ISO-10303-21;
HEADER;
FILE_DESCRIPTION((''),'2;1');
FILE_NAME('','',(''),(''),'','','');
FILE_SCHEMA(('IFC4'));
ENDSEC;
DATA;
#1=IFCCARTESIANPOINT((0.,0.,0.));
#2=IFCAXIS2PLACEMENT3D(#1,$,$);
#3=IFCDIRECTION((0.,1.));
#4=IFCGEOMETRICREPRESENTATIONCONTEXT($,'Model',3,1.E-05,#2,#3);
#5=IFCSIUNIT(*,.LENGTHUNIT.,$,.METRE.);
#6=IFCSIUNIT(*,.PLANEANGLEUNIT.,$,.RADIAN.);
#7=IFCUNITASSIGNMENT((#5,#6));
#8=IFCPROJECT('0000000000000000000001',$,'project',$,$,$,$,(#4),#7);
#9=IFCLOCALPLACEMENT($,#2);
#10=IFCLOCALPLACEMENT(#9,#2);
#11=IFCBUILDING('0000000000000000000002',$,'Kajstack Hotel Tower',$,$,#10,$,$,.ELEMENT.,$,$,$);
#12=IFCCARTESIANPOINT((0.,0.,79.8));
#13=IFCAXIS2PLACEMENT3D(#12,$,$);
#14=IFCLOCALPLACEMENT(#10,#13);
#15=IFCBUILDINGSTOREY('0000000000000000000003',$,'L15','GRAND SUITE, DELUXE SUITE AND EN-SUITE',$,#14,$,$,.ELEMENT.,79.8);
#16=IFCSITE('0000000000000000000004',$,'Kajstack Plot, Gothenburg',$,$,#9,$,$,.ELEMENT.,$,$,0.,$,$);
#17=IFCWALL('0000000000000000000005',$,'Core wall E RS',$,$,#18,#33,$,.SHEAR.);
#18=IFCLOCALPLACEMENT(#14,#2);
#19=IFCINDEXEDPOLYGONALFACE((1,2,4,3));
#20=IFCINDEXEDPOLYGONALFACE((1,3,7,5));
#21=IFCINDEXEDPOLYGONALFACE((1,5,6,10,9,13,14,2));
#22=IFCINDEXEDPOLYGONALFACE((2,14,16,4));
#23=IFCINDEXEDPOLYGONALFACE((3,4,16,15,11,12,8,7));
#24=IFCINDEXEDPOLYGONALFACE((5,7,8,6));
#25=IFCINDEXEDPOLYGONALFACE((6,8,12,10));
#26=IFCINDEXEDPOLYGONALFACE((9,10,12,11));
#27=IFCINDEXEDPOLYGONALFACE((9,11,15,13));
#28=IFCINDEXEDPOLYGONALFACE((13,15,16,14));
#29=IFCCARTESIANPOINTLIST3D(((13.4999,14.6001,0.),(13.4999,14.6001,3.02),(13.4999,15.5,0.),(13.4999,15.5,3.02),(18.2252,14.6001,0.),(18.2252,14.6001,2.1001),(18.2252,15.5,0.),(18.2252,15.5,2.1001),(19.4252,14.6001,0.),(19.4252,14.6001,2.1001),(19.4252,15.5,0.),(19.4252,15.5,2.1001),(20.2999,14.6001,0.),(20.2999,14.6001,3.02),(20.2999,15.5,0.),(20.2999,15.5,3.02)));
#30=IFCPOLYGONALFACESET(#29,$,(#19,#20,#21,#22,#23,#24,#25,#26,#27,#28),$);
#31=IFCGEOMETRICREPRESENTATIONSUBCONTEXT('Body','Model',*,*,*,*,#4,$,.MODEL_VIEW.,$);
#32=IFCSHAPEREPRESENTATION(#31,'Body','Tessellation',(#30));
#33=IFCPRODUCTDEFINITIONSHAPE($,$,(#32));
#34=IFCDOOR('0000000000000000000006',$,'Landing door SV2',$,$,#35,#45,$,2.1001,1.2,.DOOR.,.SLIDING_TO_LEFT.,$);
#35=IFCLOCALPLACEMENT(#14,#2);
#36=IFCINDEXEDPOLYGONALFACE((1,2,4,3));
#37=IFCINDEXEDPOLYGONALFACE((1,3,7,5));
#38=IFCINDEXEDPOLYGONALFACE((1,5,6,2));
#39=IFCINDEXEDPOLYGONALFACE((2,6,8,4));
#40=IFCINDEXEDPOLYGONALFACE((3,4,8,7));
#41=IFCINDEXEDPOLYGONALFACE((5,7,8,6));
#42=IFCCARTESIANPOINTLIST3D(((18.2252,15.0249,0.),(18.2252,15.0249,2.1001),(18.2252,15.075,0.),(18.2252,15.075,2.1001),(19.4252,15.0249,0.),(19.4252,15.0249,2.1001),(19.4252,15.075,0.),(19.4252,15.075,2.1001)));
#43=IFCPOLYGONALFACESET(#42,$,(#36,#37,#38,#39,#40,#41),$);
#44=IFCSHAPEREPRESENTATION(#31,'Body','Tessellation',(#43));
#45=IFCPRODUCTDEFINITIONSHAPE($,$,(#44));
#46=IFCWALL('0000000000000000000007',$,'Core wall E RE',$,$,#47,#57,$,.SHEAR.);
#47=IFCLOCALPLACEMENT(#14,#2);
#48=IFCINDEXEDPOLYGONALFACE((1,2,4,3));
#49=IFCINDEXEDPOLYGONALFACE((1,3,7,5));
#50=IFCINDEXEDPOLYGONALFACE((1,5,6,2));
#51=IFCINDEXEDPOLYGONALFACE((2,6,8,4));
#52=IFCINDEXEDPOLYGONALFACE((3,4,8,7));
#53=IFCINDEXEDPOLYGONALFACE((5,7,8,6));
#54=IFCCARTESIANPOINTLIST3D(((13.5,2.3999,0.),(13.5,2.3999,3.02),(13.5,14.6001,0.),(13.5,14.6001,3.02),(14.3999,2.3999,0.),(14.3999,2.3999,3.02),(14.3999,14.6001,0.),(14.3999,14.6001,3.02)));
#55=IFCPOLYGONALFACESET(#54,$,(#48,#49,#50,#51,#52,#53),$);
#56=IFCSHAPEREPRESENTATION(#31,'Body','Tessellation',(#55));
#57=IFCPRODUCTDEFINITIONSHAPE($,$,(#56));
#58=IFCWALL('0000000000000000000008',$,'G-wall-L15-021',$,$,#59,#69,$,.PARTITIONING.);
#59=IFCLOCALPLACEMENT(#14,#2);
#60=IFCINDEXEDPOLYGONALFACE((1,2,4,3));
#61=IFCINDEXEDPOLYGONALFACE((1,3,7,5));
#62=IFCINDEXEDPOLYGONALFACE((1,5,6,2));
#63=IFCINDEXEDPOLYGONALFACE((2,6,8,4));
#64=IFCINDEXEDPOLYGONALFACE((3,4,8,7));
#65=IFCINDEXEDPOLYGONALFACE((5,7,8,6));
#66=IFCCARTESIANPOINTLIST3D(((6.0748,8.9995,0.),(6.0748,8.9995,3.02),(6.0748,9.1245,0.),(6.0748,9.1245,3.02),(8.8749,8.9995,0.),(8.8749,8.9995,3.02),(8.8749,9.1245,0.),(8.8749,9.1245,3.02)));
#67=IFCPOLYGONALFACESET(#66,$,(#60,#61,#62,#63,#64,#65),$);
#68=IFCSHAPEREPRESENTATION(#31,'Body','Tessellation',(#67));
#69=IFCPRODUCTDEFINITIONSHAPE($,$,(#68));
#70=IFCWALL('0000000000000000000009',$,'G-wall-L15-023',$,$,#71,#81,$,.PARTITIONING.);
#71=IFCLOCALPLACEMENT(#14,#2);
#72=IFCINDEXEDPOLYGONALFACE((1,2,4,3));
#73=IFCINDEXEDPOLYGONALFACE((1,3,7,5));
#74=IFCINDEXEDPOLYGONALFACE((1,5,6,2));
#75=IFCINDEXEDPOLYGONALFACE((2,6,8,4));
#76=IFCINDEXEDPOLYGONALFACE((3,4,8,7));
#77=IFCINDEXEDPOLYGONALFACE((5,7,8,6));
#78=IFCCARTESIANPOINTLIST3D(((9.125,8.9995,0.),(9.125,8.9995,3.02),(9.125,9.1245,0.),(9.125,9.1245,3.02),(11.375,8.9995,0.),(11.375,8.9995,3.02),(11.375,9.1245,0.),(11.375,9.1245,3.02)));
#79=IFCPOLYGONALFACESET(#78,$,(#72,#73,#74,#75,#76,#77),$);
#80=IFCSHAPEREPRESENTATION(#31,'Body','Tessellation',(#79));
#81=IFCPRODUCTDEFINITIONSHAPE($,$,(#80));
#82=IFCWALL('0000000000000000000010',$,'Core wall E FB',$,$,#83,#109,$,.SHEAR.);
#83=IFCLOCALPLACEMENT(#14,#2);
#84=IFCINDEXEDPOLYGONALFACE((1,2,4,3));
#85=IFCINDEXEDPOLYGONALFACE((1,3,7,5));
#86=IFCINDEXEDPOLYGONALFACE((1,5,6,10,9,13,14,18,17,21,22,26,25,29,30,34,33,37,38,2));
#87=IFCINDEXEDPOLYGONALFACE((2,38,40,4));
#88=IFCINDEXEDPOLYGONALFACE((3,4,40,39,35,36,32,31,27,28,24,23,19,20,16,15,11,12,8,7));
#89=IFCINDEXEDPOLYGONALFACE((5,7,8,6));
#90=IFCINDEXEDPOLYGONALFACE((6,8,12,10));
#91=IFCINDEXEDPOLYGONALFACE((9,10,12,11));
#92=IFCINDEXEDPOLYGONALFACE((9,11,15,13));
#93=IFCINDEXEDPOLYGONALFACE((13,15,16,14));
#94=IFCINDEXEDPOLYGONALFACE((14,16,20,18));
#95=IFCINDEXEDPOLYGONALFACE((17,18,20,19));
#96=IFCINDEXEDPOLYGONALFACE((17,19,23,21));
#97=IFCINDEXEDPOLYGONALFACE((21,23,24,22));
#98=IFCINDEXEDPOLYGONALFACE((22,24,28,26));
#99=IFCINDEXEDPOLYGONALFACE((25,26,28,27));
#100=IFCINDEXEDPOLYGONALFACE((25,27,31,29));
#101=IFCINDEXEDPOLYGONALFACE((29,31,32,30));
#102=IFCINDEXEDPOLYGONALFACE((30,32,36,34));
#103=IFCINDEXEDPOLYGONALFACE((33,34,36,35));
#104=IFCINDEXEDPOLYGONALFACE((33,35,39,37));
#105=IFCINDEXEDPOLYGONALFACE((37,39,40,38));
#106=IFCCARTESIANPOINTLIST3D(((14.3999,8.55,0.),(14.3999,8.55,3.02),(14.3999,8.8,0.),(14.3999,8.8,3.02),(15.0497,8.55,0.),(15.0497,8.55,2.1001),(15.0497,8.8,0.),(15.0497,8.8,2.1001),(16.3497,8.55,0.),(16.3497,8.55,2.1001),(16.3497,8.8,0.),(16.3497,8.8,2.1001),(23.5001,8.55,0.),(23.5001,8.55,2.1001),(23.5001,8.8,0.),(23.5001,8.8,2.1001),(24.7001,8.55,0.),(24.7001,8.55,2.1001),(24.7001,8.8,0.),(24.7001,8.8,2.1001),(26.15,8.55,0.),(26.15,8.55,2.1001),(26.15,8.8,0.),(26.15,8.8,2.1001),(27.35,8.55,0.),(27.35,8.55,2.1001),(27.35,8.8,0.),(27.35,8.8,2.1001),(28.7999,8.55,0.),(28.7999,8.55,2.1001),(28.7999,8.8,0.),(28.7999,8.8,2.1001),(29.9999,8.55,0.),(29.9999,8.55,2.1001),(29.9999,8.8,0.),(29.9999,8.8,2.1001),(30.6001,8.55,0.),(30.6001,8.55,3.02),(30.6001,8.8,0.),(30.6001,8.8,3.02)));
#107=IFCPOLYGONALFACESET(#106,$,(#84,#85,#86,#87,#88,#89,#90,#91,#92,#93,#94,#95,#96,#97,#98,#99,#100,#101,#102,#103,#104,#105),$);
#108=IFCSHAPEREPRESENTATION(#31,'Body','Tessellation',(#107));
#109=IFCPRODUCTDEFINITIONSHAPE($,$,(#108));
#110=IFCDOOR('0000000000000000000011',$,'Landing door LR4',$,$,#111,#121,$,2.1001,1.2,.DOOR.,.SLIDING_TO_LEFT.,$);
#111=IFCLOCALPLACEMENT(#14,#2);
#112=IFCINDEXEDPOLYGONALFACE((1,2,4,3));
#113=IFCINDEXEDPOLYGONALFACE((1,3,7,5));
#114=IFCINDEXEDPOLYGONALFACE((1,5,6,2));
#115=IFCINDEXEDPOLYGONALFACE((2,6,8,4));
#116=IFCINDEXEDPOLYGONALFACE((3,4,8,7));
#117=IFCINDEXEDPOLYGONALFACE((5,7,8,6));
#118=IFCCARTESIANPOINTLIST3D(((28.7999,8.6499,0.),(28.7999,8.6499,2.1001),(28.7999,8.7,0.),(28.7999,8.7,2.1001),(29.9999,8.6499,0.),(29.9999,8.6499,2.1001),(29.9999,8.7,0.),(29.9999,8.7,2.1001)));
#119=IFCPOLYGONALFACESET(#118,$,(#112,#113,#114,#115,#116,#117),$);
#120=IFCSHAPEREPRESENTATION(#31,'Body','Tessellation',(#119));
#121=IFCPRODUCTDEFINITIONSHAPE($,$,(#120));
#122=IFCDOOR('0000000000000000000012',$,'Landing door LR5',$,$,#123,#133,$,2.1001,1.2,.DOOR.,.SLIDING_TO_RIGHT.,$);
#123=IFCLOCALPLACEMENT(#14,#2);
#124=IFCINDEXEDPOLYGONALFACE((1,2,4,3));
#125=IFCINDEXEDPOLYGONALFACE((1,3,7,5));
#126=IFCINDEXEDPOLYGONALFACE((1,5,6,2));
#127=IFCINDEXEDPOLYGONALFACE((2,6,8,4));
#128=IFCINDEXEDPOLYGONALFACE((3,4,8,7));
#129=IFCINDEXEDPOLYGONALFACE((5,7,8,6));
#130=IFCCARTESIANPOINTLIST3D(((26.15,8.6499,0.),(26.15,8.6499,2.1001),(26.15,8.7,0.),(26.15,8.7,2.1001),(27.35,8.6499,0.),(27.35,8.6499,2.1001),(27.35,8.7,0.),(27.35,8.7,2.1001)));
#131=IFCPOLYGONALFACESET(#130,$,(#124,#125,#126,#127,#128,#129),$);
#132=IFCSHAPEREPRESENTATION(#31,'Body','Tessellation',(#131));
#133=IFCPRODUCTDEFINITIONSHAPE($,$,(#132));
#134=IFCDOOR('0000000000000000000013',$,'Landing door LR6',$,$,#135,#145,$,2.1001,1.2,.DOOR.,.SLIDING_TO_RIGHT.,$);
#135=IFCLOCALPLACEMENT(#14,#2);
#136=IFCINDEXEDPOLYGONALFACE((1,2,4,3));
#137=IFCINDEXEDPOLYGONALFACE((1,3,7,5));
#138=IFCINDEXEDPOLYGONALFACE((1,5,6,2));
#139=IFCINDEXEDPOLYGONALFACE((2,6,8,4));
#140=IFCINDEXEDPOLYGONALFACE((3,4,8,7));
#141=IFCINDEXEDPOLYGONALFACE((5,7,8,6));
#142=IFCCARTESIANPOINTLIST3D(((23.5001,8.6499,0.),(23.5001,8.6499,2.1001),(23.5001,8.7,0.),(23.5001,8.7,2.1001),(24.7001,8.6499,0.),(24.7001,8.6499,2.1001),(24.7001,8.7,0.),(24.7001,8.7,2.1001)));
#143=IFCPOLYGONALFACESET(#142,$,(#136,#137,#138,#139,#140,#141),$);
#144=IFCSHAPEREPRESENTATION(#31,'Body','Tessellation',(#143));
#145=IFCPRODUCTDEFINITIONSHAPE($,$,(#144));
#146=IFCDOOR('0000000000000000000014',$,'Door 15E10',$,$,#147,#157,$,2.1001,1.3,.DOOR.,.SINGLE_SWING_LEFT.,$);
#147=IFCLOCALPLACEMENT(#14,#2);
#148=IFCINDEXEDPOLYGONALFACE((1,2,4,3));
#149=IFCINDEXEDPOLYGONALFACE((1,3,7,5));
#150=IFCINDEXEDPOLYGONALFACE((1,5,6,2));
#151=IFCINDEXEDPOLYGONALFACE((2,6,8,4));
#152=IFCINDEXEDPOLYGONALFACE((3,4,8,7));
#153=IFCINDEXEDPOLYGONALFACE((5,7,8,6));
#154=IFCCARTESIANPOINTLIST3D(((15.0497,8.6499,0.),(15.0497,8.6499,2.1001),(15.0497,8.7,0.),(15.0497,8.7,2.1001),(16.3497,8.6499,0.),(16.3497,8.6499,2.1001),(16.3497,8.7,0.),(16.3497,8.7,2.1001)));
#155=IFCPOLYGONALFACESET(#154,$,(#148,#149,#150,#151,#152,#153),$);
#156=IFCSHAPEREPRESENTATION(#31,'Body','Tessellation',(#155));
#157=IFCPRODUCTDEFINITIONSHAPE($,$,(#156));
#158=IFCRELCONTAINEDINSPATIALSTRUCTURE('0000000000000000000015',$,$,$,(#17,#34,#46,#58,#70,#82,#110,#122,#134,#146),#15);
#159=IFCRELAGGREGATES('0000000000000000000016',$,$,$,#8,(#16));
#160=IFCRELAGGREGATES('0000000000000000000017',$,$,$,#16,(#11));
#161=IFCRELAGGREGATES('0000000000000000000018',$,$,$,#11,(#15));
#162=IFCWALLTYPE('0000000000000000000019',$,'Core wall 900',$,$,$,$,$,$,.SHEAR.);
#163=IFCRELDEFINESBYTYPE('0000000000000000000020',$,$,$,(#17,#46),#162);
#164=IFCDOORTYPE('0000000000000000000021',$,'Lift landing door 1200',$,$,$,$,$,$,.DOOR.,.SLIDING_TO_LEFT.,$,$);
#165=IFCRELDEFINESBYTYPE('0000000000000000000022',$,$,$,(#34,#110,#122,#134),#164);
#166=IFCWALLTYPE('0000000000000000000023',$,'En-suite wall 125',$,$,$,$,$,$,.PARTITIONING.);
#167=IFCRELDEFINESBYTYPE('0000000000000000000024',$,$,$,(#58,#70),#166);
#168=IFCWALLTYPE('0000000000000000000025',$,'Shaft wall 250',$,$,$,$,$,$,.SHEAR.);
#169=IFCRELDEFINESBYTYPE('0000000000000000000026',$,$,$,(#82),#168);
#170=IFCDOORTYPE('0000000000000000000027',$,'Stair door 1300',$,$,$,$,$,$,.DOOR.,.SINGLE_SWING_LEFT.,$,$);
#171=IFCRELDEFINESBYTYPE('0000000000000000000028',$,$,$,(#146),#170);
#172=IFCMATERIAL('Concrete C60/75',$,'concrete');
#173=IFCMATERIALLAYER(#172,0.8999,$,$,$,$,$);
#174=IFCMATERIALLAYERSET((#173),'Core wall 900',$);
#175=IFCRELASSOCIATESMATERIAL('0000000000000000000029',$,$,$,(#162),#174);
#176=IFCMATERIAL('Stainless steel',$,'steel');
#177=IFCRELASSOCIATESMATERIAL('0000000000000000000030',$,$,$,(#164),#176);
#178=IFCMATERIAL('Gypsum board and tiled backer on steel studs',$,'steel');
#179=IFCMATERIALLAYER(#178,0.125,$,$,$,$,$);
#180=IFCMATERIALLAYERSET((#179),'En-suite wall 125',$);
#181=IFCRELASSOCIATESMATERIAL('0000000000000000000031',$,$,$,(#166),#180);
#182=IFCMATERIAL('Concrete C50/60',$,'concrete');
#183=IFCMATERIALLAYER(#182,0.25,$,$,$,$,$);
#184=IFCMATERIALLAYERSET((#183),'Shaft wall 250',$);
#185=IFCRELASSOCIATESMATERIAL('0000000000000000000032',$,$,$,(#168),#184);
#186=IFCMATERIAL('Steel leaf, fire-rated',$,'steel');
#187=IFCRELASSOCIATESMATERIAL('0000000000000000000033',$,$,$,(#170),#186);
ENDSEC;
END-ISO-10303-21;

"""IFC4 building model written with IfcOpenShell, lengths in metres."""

from ifc_helpers import new_model, si_unit, direction, frame, frame_2d, origin, place, context, subcontext, project, spatial, rectangle, extrude, material, layer, layer_set, type_object, element, fill, save


model = new_model("IFC4")

# Units and contexts
model_context = context("Model", 3, precision=1e-05, world=origin(), true_north=direction((0.0, 1.0)))
body_context = subcontext(model_context, "Body", "Model", "MODEL_VIEW")
ifc_project = project(units=[si_unit("LENGTHUNIT", "METRE"), si_unit("PLANEANGLEUNIT", "RADIAN")], contexts=[model_context])

# Site, building, storey
site_placement = place(None, origin())
site = spatial("IfcSite", under=ifc_project, at=site_placement, Name="Kajstack Plot, Gothenburg", CompositionType="ELEMENT", RefElevation=0.0)
building_placement = place(site_placement, origin())
building = spatial("IfcBuilding", under=site, at=building_placement, Name="Kajstack Hotel Tower", CompositionType="ELEMENT")
storey_placement = place(building_placement, frame((0.0, 0.0, 79.8)))
storey = spatial("IfcBuildingStorey", under=building, at=storey_placement, Name="L15", Description="GRAND SUITE, DELUXE SUITE AND EN-SUITE", CompositionType="ELEMENT", Elevation=79.8)

# Wall, opening, door
ifc_material_1 = material(Name="Concrete C60/75", Category="concrete")
ifc_layer_1 = layer(ifc_material_1, 0.8999)
ifc_layer_set_1 = layer_set([ifc_layer_1], Name="Core wall 900")
wall_type_1 = type_object("IfcWallType", Name="Core wall 900", PredefinedType="SHEAR", material=ifc_layer_set_1)
wall_1_placement = place(storey_placement, frame((13.5, 15.05, 0.0), z_axis=(0.0, 0.0, 1.0), x_axis=(1.0, 0.0, 0.0)))
wall_1 = element("IfcWall", 1, at=wall_1_placement, inside=storey, type_object=wall_type_1, Name="Core wall E RS", PredefinedType="SHEAR", context=body_context, shape_type="SweptSolid", body=[
    extrude(rectangle(XDim=6.8, YDim=0.8999, at=frame_2d((3.3999, 0.0))), origin(), (0.0, 0.0, 1.0), 3.02),
])
opening_1_placement = place(wall_1_placement, frame((4.7251, 0.0, 0.0)))
opening_1 = element("IfcOpeningElement", 2, at=opening_1_placement, cuts=wall_1, PredefinedType="OPENING", context=body_context, shape_type="SweptSolid", body=[
    extrude(rectangle(XDim=1.2, YDim=2.1001, at=frame_2d((0.6001, 1.05))), frame((0.0, 0.46, 0.0), z_axis=(0.0, -1.0, 0.0), x_axis=(1.0, 0.0, 0.0)), (0.0, 0.0, 1.0), 0.9199),
])
ifc_material_2 = material(Name="Stainless steel", Category="steel")
door_type_1 = type_object("IfcDoorType", Name="Lift landing door 1200", OperationType="SLIDING_TO_LEFT", PredefinedType="DOOR", material=ifc_material_2)
door_1_placement = place(opening_1_placement, origin())
door_1 = element("IfcDoor", 3, at=door_1_placement, inside=storey, type_object=door_type_1, Name="Landing door SV2", OperationType="SLIDING_TO_LEFT", OverallHeight=2.1001, OverallWidth=1.2, PredefinedType="DOOR", context=body_context, shape_type="SweptSolid", body=[
    extrude(rectangle(XDim=1.2, YDim=2.1001, at=frame_2d((0.6001, 1.05))), frame((0.0, 0.0249, 0.0), z_axis=(0.0, -1.0, 0.0), x_axis=(1.0, 0.0, 0.0)), (0.0, 0.0, 1.0), 0.05),
])
fill(opening_1, door_1)

# Walls
wall_2_placement = place(storey_placement, frame((13.95, 2.3999, 0.0), z_axis=(0.0, 0.0, 1.0), x_axis=(0.0, 1.0, 0.0)))
element("IfcWall", 4, at=wall_2_placement, inside=storey, type_object=wall_type_1, Name="Core wall E RE", PredefinedType="SHEAR", context=body_context, shape_type="SweptSolid", body=[
    extrude(rectangle(XDim=12.2002, YDim=0.8999, at=frame_2d((6.1001, 0.0))), origin(), (0.0, 0.0, 1.0), 3.02),
])
ifc_material_3 = material(Name="Gypsum board and tiled backer on steel studs", Category="steel")
ifc_layer_2 = layer(ifc_material_3, 0.125)
ifc_layer_set_2 = layer_set([ifc_layer_2], Name="En-suite wall 125")
wall_type_2 = type_object("IfcWallType", Name="En-suite wall 125", PredefinedType="PARTITIONING", material=ifc_layer_set_2)
wall_3_placement = place(storey_placement, frame((6.075, 9.062, 0.0), z_axis=(0.0, 0.0, 1.0), x_axis=(1.0, 0.0, 0.0)))
element("IfcWall", 5, at=wall_3_placement, inside=storey, type_object=wall_type_2, Name="G-wall-L15-021", PredefinedType="PARTITIONING", context=body_context, shape_type="SweptSolid", body=[
    extrude(rectangle(XDim=2.8, YDim=0.125, at=frame_2d((1.3999, 0.0))), origin(), (0.0, 0.0, 1.0), 3.02),
])
wall_4_placement = place(storey_placement, frame((9.125, 9.062, 0.0), z_axis=(0.0, 0.0, 1.0), x_axis=(1.0, 0.0, 0.0)))
element("IfcWall", 6, at=wall_4_placement, inside=storey, type_object=wall_type_2, Name="G-wall-L15-023", PredefinedType="PARTITIONING", context=body_context, shape_type="SweptSolid", body=[
    extrude(rectangle(XDim=2.25, YDim=0.125, at=frame_2d((1.125, 0.0))), origin(), (0.0, 0.0, 1.0), 3.02),
])

# Wall, openings, doors
ifc_material_4 = material(Name="Concrete C50/60", Category="concrete")
ifc_layer_3 = layer(ifc_material_4, 0.25)
ifc_layer_set_3 = layer_set([ifc_layer_3], Name="Shaft wall 250")
wall_type_3 = type_object("IfcWallType", Name="Shaft wall 250", PredefinedType="SHEAR", material=ifc_layer_set_3)
wall_5_placement = place(storey_placement, frame((14.3999, 8.675, 0.0), z_axis=(0.0, 0.0, 1.0), x_axis=(1.0, 0.0, 0.0)))
wall_5 = element("IfcWall", 7, at=wall_5_placement, inside=storey, type_object=wall_type_3, Name="Core wall E FB", PredefinedType="SHEAR", context=body_context, shape_type="SweptSolid", body=[
    extrude(rectangle(XDim=16.2002, YDim=0.25, at=frame_2d((8.1001, 0.0))), origin(), (0.0, 0.0, 1.0), 3.02),
])
opening_2_placement = place(wall_5_placement, frame((14.3999, 0.0, 0.0)))
opening_2 = element("IfcOpeningElement", 8, at=opening_2_placement, cuts=wall_5, PredefinedType="OPENING", context=body_context, shape_type="SweptSolid", body=[
    extrude(rectangle(XDim=1.2, YDim=2.1001, at=frame_2d((0.6001, 1.05))), frame((0.0, 0.135, 0.0), z_axis=(0.0, -1.0, 0.0), x_axis=(1.0, 0.0, 0.0)), (0.0, 0.0, 1.0), 0.27),
])
opening_3_placement = place(wall_5_placement, frame((11.75, 0.0, 0.0)))
opening_3 = element("IfcOpeningElement", 9, at=opening_3_placement, cuts=wall_5, PredefinedType="OPENING", context=body_context, shape_type="SweptSolid", body=[
    extrude(rectangle(XDim=1.2, YDim=2.1001, at=frame_2d((0.6001, 1.05))), frame((0.0, 0.135, 0.0), z_axis=(0.0, -1.0, 0.0), x_axis=(1.0, 0.0, 0.0)), (0.0, 0.0, 1.0), 0.27),
])
opening_4_placement = place(wall_5_placement, frame((9.1001, 0.0, 0.0)))
opening_4 = element("IfcOpeningElement", 10, at=opening_4_placement, cuts=wall_5, PredefinedType="OPENING", context=body_context, shape_type="SweptSolid", body=[
    extrude(rectangle(XDim=1.2, YDim=2.1001, at=frame_2d((0.6001, 1.05))), frame((0.0, 0.135, 0.0), z_axis=(0.0, -1.0, 0.0), x_axis=(1.0, 0.0, 0.0)), (0.0, 0.0, 1.0), 0.27),
])
opening_5_placement = place(wall_5_placement, frame((0.6499, 0.0, 0.0)))
opening_5 = element("IfcOpeningElement", 11, at=opening_5_placement, cuts=wall_5, PredefinedType="OPENING", context=body_context, shape_type="SweptSolid", body=[
    extrude(rectangle(XDim=1.3, YDim=2.1001, at=frame_2d((0.6499, 1.05))), frame((0.0, 0.135, 0.0), z_axis=(0.0, -1.0, 0.0), x_axis=(1.0, 0.0, 0.0)), (0.0, 0.0, 1.0), 0.27),
])
door_2_placement = place(opening_2_placement, origin())
door_2 = element("IfcDoor", 12, at=door_2_placement, inside=storey, type_object=door_type_1, Name="Landing door LR4", OperationType="SLIDING_TO_LEFT", OverallHeight=2.1001, OverallWidth=1.2, PredefinedType="DOOR", context=body_context, shape_type="SweptSolid", body=[
    extrude(rectangle(XDim=1.2, YDim=2.1001, at=frame_2d((0.6001, 1.05))), frame((0.0, 0.0249, 0.0), z_axis=(0.0, -1.0, 0.0), x_axis=(1.0, 0.0, 0.0)), (0.0, 0.0, 1.0), 0.05),
])
fill(opening_2, door_2)
door_3_placement = place(opening_3_placement, origin())
door_3 = element("IfcDoor", 13, at=door_3_placement, inside=storey, type_object=door_type_1, Name="Landing door LR5", OperationType="SLIDING_TO_RIGHT", OverallHeight=2.1001, OverallWidth=1.2, PredefinedType="DOOR", context=body_context, shape_type="SweptSolid", body=[
    extrude(rectangle(XDim=1.2, YDim=2.1001, at=frame_2d((0.6001, 1.05))), frame((0.0, 0.0249, 0.0), z_axis=(0.0, -1.0, 0.0), x_axis=(1.0, 0.0, 0.0)), (0.0, 0.0, 1.0), 0.05),
])
fill(opening_3, door_3)
door_4_placement = place(opening_4_placement, origin())
door_4 = element("IfcDoor", 14, at=door_4_placement, inside=storey, type_object=door_type_1, Name="Landing door LR6", OperationType="SLIDING_TO_RIGHT", OverallHeight=2.1001, OverallWidth=1.2, PredefinedType="DOOR", context=body_context, shape_type="SweptSolid", body=[
    extrude(rectangle(XDim=1.2, YDim=2.1001, at=frame_2d((0.6001, 1.05))), frame((0.0, 0.0249, 0.0), z_axis=(0.0, -1.0, 0.0), x_axis=(1.0, 0.0, 0.0)), (0.0, 0.0, 1.0), 0.05),
])
fill(opening_4, door_4)
ifc_material_5 = material(Name="Steel leaf, fire-rated", Category="steel")
door_type_2 = type_object("IfcDoorType", Name="Stair door 1300", OperationType="SINGLE_SWING_LEFT", PredefinedType="DOOR", material=ifc_material_5)
door_5_placement = place(opening_5_placement, origin())
door_5 = element("IfcDoor", 15, at=door_5_placement, inside=storey, type_object=door_type_2, Name="Door 15E10", OperationType="SINGLE_SWING_LEFT", OverallHeight=2.1001, OverallWidth=1.3, PredefinedType="DOOR", context=body_context, shape_type="SweptSolid", body=[
    extrude(rectangle(XDim=1.3, YDim=2.1001, at=frame_2d((0.6499, 1.05))), frame((0.0, 0.0249, 0.0), z_axis=(0.0, -1.0, 0.0), x_axis=(1.0, 0.0, 0.0)), (0.0, 0.0, 1.0), 0.05),
])
fill(opening_5, door_5)

save(model, "model.ifc")
